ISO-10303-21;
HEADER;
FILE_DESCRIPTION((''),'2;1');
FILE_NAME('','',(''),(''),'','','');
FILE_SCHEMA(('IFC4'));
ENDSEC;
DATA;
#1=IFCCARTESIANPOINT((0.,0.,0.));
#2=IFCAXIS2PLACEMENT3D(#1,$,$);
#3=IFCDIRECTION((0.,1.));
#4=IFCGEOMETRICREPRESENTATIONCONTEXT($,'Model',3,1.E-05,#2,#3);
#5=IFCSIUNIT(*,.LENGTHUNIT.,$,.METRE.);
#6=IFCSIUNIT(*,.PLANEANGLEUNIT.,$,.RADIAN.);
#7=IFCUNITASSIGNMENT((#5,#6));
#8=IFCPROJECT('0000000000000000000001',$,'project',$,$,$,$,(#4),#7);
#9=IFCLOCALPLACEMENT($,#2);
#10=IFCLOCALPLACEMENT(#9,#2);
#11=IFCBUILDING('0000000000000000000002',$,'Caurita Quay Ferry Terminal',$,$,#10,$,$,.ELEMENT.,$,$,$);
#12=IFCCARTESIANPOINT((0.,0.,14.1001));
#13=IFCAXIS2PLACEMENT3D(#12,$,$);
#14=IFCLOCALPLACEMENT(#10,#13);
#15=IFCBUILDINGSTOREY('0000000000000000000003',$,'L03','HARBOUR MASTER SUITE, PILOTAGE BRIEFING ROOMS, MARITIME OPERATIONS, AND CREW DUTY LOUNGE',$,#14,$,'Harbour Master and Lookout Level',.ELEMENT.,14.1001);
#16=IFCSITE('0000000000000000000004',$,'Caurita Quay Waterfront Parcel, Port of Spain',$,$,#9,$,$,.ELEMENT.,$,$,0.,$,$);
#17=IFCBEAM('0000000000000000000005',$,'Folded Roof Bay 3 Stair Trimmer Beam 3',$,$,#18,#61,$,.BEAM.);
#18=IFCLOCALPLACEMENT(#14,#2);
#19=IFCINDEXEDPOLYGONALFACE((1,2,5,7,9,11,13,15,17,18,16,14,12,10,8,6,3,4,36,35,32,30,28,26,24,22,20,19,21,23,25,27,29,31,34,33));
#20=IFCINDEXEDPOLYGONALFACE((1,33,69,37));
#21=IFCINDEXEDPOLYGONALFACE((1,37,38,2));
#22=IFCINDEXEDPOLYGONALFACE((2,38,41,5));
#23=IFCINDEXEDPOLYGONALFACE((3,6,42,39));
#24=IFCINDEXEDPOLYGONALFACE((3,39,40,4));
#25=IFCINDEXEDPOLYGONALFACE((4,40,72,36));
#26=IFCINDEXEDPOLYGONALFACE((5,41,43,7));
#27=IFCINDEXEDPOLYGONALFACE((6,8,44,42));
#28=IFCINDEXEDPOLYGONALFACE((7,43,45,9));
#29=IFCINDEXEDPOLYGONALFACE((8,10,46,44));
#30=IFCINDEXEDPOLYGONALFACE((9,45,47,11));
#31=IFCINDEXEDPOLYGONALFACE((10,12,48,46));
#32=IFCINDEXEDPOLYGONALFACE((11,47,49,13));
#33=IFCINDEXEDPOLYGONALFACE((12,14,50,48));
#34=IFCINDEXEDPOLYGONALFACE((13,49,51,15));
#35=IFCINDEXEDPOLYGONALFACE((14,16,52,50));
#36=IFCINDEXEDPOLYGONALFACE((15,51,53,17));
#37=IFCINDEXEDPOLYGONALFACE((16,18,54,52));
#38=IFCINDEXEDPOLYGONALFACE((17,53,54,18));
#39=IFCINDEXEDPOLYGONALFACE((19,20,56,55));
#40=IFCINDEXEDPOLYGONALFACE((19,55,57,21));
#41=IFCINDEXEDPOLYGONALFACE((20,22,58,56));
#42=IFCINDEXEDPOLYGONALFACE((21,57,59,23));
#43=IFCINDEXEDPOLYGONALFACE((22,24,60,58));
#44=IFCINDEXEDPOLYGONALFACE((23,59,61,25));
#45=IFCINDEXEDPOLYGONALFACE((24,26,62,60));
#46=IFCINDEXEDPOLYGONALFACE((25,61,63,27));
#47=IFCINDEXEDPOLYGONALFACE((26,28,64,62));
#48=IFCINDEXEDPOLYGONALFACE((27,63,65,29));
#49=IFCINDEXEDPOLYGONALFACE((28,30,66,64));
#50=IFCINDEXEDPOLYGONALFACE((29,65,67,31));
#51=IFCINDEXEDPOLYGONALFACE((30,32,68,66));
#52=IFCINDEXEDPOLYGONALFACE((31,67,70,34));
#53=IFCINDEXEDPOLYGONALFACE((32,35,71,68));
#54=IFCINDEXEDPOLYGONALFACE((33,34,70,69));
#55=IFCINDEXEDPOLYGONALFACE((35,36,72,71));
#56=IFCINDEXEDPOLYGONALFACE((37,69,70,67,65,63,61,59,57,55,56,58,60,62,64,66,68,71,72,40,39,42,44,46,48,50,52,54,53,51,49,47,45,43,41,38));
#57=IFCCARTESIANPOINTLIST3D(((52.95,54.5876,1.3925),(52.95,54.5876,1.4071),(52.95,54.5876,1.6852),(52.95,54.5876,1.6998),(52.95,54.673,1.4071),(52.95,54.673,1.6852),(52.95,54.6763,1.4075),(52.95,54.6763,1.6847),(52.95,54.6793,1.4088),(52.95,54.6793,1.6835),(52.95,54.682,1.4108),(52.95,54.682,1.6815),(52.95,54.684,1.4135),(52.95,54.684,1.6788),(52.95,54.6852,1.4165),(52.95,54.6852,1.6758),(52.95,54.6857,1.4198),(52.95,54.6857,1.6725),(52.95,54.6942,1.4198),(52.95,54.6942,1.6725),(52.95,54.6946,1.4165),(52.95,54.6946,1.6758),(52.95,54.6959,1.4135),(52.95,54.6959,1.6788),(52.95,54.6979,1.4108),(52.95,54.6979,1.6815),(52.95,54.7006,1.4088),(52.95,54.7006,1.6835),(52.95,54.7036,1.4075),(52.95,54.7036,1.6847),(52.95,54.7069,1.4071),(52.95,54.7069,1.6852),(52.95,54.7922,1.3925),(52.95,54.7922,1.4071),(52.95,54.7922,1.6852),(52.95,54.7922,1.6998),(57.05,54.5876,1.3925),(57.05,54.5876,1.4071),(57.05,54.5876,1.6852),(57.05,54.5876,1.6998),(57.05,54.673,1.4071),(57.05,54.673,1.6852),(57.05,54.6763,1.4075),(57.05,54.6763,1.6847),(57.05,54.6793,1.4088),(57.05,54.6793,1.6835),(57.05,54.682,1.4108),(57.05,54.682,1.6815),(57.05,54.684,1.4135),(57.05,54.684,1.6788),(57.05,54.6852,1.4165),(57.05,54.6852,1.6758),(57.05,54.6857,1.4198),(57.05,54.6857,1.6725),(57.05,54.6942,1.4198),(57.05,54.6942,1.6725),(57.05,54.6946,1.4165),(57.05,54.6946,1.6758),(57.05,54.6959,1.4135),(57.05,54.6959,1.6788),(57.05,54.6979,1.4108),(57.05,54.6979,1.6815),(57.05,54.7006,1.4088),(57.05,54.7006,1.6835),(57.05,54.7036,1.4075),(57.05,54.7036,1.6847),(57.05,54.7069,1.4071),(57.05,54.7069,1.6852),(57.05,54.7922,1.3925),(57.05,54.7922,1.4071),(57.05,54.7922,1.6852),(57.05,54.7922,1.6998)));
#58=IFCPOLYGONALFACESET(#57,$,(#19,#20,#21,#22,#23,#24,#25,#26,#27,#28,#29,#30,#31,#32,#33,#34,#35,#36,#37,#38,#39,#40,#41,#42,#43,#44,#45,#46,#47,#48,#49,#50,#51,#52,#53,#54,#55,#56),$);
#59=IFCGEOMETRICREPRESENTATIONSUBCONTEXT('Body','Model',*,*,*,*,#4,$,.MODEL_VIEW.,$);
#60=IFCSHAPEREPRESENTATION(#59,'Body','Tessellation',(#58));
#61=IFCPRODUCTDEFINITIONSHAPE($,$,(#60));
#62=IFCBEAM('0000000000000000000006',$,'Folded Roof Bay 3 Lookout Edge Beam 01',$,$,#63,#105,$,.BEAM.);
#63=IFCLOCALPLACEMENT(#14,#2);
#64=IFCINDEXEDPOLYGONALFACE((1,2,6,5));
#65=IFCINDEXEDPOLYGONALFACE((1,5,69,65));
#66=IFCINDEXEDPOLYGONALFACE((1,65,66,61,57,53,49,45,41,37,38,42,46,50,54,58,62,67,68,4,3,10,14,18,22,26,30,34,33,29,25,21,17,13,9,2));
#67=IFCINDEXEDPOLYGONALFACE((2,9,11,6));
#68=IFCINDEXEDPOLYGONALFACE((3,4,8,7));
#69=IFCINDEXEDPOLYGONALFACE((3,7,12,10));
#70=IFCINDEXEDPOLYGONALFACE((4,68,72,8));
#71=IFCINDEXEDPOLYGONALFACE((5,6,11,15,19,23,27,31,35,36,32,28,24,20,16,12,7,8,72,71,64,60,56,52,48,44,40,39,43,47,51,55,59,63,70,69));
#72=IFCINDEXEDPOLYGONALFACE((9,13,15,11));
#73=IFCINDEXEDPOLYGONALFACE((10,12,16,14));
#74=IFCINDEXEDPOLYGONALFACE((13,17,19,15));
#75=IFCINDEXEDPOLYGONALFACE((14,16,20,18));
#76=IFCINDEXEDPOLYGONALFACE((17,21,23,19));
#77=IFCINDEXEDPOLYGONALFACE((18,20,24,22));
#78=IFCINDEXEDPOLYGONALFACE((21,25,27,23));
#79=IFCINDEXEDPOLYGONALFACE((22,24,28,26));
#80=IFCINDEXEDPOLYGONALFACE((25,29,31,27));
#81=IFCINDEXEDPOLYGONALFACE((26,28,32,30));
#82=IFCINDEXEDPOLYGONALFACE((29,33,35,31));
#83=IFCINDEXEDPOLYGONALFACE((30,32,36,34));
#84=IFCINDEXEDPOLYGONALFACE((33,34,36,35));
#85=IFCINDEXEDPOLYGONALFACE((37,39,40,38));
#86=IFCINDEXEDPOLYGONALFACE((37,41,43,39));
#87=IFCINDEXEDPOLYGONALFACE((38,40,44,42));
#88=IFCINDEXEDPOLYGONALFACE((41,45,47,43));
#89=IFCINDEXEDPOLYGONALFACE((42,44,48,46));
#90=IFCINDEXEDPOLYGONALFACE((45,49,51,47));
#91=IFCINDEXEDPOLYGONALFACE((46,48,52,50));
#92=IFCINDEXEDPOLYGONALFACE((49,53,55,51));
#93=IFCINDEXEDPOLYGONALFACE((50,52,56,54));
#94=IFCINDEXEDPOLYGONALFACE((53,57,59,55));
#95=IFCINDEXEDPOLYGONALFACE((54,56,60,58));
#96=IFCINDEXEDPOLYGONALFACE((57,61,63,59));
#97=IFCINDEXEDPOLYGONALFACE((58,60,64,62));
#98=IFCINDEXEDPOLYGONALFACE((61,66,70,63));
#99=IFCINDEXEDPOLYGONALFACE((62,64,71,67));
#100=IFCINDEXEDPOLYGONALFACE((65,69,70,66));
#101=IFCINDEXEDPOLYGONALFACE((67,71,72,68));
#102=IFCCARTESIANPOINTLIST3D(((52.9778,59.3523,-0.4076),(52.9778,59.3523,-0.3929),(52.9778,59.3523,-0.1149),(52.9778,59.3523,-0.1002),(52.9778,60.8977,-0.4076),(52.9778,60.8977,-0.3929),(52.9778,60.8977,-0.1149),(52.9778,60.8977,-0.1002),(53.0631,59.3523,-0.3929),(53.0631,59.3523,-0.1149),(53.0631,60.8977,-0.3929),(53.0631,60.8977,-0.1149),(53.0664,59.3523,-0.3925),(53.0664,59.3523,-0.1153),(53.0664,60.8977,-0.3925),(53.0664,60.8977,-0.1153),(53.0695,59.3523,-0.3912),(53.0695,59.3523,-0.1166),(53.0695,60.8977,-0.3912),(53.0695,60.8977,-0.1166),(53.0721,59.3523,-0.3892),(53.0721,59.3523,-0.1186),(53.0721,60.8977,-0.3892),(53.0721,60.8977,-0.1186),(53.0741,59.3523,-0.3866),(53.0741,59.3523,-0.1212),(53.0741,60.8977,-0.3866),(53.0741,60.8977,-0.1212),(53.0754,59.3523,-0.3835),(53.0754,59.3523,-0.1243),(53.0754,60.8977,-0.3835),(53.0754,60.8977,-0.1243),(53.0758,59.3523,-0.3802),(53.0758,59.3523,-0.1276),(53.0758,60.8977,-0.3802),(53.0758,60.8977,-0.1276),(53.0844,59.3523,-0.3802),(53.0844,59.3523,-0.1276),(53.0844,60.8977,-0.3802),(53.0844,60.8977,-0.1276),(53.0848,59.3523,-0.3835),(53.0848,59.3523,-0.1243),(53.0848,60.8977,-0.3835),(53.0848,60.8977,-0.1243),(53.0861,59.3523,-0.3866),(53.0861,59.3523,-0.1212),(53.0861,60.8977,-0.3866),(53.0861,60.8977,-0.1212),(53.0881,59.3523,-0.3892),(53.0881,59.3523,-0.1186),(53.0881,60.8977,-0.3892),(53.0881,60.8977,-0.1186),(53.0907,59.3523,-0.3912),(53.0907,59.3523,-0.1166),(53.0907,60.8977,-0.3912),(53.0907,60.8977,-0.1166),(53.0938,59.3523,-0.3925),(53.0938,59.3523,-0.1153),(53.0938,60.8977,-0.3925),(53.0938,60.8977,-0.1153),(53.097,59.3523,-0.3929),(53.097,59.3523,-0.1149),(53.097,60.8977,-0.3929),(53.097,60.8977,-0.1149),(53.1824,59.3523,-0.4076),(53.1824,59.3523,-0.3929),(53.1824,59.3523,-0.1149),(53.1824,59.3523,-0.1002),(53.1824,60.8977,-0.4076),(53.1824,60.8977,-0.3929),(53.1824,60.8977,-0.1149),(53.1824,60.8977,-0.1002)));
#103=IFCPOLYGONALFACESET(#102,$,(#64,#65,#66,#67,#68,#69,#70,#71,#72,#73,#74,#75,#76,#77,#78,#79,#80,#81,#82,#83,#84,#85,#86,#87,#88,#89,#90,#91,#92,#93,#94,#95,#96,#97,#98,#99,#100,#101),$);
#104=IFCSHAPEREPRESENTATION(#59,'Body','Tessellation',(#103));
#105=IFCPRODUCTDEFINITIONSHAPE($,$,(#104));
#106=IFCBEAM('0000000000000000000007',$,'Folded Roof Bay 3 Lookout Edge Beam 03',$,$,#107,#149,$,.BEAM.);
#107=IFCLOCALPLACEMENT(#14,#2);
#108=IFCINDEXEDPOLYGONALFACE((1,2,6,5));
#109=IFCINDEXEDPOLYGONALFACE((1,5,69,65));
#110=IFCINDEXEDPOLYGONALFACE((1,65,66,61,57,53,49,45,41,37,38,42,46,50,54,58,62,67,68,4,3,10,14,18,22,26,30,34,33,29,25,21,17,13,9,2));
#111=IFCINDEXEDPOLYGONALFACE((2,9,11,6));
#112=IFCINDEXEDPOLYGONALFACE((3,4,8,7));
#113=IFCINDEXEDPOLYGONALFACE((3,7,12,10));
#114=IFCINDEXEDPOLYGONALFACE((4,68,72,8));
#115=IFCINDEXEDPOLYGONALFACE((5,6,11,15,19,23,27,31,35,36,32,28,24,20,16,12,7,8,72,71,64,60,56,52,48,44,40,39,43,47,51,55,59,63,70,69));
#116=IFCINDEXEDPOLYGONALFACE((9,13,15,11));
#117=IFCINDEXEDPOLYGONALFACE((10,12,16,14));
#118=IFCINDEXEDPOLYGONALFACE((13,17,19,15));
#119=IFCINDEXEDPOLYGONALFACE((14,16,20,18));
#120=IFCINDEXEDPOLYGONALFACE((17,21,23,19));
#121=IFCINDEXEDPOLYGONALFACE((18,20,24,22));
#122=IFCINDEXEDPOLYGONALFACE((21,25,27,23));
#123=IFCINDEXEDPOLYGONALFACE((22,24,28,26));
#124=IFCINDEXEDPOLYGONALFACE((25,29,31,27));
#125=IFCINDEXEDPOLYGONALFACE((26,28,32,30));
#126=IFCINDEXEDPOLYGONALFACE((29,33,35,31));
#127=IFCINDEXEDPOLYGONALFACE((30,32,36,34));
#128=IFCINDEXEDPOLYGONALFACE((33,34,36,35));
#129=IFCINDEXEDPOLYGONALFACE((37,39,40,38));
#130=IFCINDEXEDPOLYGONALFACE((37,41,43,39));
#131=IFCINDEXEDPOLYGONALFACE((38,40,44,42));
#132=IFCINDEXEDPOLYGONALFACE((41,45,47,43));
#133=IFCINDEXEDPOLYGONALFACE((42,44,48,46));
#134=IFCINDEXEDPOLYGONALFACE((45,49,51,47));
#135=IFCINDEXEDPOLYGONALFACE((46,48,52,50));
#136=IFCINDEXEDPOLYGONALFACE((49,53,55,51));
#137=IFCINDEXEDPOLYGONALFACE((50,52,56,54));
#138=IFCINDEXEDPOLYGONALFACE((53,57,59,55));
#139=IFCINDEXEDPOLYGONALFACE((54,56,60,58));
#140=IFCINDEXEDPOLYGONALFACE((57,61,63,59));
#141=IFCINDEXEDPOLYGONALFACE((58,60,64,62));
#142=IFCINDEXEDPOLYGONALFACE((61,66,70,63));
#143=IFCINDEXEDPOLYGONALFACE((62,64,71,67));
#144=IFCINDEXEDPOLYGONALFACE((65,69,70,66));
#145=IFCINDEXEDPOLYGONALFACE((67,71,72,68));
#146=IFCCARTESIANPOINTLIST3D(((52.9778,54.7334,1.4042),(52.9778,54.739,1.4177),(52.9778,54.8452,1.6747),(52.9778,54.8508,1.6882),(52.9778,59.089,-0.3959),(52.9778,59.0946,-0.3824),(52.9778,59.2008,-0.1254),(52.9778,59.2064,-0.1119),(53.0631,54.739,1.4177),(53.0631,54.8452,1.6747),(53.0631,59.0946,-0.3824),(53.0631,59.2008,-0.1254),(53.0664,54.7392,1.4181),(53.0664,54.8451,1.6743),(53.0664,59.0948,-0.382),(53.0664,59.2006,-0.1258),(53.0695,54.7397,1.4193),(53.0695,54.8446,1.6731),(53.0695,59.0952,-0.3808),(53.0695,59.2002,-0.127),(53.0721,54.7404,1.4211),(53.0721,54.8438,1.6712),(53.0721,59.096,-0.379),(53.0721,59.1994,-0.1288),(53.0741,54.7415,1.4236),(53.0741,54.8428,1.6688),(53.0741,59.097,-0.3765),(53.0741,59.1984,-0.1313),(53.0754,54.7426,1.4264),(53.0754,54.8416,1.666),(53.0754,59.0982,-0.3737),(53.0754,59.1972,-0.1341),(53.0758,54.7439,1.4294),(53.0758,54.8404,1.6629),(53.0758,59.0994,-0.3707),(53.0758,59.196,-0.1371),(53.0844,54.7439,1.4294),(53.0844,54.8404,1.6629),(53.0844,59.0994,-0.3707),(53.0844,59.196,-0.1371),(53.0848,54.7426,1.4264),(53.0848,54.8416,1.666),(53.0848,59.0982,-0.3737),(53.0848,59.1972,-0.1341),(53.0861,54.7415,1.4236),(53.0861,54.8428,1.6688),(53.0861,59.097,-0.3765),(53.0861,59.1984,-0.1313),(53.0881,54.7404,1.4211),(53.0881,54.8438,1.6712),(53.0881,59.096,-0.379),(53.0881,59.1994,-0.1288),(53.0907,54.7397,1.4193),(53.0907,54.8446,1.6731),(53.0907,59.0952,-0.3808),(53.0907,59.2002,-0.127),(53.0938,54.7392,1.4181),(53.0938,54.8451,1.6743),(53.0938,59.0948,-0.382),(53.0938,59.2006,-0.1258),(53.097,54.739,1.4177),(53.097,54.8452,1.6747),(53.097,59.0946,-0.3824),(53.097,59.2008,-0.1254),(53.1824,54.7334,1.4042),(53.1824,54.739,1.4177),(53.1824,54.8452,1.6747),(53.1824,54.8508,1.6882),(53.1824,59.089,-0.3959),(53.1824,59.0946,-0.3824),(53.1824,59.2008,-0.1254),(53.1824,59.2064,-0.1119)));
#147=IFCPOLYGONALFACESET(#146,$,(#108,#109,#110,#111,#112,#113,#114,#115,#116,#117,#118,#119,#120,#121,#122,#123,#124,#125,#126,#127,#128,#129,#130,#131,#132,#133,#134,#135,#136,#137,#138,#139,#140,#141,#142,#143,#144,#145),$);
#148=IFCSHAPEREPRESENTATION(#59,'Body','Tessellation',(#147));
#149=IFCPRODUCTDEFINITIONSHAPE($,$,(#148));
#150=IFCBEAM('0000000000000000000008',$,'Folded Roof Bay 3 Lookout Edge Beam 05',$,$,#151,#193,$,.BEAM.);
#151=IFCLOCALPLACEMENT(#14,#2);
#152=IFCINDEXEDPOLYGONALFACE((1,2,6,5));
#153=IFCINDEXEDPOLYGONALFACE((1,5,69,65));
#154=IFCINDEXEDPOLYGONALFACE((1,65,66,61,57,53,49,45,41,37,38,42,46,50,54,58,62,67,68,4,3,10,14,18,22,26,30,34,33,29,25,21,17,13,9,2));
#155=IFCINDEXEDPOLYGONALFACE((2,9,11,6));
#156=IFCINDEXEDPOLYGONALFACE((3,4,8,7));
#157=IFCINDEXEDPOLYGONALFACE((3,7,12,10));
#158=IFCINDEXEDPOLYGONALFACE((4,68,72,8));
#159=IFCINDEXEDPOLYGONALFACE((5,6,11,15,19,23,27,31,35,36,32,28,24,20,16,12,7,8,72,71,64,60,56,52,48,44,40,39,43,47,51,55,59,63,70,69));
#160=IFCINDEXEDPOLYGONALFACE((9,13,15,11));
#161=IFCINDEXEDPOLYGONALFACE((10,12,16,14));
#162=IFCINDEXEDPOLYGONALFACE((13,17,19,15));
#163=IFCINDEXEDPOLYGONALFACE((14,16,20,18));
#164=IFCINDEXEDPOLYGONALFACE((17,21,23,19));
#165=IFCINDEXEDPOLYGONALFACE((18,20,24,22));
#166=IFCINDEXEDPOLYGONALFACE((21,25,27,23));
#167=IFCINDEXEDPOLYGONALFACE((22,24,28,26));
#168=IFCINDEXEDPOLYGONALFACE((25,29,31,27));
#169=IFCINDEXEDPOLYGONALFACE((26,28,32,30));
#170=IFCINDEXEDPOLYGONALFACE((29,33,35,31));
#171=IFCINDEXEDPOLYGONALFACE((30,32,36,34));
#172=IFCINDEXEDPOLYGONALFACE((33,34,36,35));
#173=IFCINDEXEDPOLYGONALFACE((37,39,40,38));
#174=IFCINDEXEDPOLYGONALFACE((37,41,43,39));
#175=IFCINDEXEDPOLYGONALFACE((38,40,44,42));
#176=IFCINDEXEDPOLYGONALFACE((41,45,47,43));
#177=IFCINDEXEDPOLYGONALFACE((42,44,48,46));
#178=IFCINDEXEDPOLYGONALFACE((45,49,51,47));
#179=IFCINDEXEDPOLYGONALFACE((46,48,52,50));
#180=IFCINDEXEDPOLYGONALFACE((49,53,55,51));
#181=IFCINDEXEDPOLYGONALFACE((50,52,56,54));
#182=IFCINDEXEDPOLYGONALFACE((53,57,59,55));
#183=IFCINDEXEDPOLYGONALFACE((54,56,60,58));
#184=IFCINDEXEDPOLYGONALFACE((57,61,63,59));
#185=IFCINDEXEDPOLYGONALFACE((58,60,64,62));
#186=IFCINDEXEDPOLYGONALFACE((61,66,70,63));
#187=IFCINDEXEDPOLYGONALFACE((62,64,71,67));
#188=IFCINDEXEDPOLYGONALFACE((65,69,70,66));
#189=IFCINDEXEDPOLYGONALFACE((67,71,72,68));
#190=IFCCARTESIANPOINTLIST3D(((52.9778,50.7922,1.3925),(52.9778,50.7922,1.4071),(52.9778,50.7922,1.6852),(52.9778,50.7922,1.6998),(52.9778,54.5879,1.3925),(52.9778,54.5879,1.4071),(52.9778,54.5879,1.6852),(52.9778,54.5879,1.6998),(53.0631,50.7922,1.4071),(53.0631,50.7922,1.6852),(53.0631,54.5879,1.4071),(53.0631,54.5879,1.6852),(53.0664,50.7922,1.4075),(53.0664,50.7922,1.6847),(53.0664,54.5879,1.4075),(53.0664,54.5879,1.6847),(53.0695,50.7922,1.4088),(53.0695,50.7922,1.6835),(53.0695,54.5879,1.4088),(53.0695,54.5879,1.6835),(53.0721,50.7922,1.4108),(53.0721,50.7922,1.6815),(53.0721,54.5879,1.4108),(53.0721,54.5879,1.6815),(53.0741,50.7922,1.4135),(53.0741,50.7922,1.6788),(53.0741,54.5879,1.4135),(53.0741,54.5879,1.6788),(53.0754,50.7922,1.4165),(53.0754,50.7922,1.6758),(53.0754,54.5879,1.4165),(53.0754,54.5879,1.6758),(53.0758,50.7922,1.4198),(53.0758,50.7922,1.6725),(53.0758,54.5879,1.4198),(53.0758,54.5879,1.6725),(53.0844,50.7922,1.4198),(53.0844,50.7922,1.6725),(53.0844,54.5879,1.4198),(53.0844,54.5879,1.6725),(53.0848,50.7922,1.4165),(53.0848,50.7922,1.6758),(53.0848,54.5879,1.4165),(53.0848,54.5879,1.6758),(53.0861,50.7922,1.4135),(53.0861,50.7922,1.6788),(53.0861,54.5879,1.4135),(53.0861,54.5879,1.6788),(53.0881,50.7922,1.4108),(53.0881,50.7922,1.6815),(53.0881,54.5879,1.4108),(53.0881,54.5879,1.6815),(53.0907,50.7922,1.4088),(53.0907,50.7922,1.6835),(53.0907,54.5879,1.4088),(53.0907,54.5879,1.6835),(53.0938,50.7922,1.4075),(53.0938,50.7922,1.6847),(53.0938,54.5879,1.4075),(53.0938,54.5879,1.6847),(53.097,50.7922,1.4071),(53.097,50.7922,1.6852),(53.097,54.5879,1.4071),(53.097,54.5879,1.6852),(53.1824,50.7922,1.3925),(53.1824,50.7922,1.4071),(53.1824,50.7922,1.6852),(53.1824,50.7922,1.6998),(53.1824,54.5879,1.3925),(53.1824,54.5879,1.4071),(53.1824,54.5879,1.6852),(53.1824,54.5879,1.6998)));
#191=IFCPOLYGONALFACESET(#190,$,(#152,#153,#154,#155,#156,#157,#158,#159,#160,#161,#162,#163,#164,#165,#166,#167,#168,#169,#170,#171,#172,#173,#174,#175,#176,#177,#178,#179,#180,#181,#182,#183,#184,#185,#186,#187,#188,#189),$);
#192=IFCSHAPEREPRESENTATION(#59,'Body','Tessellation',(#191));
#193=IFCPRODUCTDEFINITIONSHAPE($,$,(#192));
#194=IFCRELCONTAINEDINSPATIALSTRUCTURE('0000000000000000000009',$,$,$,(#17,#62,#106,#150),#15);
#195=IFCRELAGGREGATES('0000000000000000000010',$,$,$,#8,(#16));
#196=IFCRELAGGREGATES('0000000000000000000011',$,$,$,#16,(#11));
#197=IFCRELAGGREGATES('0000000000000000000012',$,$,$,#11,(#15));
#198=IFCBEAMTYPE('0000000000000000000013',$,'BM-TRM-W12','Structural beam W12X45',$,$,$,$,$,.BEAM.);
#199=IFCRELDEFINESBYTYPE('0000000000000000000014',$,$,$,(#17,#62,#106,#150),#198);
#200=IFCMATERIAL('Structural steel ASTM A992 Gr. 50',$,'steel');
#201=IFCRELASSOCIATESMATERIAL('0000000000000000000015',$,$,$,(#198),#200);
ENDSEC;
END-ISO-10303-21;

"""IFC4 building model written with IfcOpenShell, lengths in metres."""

from ifc_helpers import new_model, si_unit, direction, frame, origin, origin_2d, place, context, subcontext, project, spatial, i_section, extrude, material, material_profile, profile_set, type_object, element, save


model = new_model("IFC4")

# Units and contexts
model_context = context("Model", 3, precision=1e-05, world=origin(), true_north=direction((0.0, 1.0)))
body_context = subcontext(model_context, "Body", "Model", "MODEL_VIEW")
ifc_project = project(units=[si_unit("LENGTHUNIT", "METRE"), si_unit("PLANEANGLEUNIT", "RADIAN")], contexts=[model_context])

# Site, building, storey
site_placement = place(None, origin())
site = spatial("IfcSite", under=ifc_project, at=site_placement, Name="Caurita Quay Waterfront Parcel, Port of Spain", CompositionType="ELEMENT", RefElevation=0.0)
building_placement = place(site_placement, origin())
building = spatial("IfcBuilding", under=site, at=building_placement, Name="Caurita Quay Ferry Terminal", CompositionType="ELEMENT")
storey_placement = place(building_placement, frame((0.0, 0.0, 14.1001)))
storey = spatial("IfcBuildingStorey", under=building, at=storey_placement, Name="L03", Description="HARBOUR MASTER SUITE, PILOTAGE BRIEFING ROOMS, MARITIME OPERATIONS, AND CREW DUTY LOUNGE", LongName="Harbour Master and Lookout Level", CompositionType="ELEMENT", Elevation=14.1001)

# Beams
ifc_material_1 = material(Name="Structural steel ASTM A992 Gr. 50", Category="steel")
ifc_material_profile_1 = material_profile(ifc_material_1, i_section(OverallWidth=0.2046, OverallDepth=0.3074, WebThickness=0.0085, FlangeThickness=0.0146, FilletRadius=0.0127, at=origin_2d()), Name="W12X45")
ifc_profile_set_1 = profile_set([ifc_material_profile_1], Name="Structural steel ASTM A992 Gr. 50")
beam_type_1 = type_object("IfcBeamType", Name="BM-TRM-W12", Description="Structural beam W12X45", PredefinedType="BEAM", material=ifc_profile_set_1)
for number, where, z_axis, x_axis, name in (
    (1, (52.95, 54.6899, 1.5461), (1.0, 0.0, 0.0), (0.0, 1.0, 0.0), "Folded Roof Bay 3 Stair Trimmer Beam 3"),
):
    element("IfcBeam", number, at=place(storey_placement, frame(where, z_axis=z_axis, x_axis=x_axis)), inside=storey, type_object=beam_type_1, Name=name, PredefinedType="BEAM", context=body_context, shape_type="SweptSolid", body=[
        extrude(i_section(OverallWidth=0.2046, OverallDepth=0.3074, WebThickness=0.0085, FlangeThickness=0.0146, FilletRadius=0.0127, at=origin_2d()), origin(), (0.0, 0.0, 1.0), 4.1001),
    ])
beam_1_placement = place(storey_placement, frame((53.0801, 60.8977, -0.2539), z_axis=(0.0, -1.0, 0.0), x_axis=(1.0, 0.0, 0.0)))
element("IfcBeam", 2, at=beam_1_placement, inside=storey, type_object=beam_type_1, Name="Folded Roof Bay 3 Lookout Edge Beam 01", PredefinedType="BEAM", context=body_context, shape_type="SweptSolid", body=[
    extrude(i_section(OverallWidth=0.2046, OverallDepth=0.3074, WebThickness=0.0085, FlangeThickness=0.0146, FilletRadius=0.0127, at=origin_2d()), origin(), (0.0, 0.0, 1.0), 1.5454),
])
beam_2_placement = place(storey_placement, frame((53.0801, 59.1477, -0.2539), z_axis=(0.0, -0.924183, 0.381951), x_axis=(1.0, 0.0, 0.0)))
element("IfcBeam", 3, at=beam_2_placement, inside=storey, type_object=beam_type_1, Name="Folded Roof Bay 3 Lookout Edge Beam 03", PredefinedType="BEAM", context=body_context, shape_type="SweptSolid", body=[
    extrude(i_section(OverallWidth=0.2046, OverallDepth=0.3074, WebThickness=0.0085, FlangeThickness=0.0146, FilletRadius=0.0127, at=origin_2d()), origin(), (0.0, 0.0, 1.0), 4.7129),
])
beam_3_placement = place(storey_placement, frame((53.0801, 54.5879, 1.5461), z_axis=(0.0, -1.0, 0.0), x_axis=(1.0, 0.0, 0.0)))
element("IfcBeam", 4, at=beam_3_placement, inside=storey, type_object=beam_type_1, Name="Folded Roof Bay 3 Lookout Edge Beam 05", PredefinedType="BEAM", context=body_context, shape_type="SweptSolid", body=[
    extrude(i_section(OverallWidth=0.2046, OverallDepth=0.3074, WebThickness=0.0085, FlangeThickness=0.0146, FilletRadius=0.0127, at=origin_2d()), origin(), (0.0, 0.0, 1.0), 3.7957),
])

save(model, "model.ifc")
